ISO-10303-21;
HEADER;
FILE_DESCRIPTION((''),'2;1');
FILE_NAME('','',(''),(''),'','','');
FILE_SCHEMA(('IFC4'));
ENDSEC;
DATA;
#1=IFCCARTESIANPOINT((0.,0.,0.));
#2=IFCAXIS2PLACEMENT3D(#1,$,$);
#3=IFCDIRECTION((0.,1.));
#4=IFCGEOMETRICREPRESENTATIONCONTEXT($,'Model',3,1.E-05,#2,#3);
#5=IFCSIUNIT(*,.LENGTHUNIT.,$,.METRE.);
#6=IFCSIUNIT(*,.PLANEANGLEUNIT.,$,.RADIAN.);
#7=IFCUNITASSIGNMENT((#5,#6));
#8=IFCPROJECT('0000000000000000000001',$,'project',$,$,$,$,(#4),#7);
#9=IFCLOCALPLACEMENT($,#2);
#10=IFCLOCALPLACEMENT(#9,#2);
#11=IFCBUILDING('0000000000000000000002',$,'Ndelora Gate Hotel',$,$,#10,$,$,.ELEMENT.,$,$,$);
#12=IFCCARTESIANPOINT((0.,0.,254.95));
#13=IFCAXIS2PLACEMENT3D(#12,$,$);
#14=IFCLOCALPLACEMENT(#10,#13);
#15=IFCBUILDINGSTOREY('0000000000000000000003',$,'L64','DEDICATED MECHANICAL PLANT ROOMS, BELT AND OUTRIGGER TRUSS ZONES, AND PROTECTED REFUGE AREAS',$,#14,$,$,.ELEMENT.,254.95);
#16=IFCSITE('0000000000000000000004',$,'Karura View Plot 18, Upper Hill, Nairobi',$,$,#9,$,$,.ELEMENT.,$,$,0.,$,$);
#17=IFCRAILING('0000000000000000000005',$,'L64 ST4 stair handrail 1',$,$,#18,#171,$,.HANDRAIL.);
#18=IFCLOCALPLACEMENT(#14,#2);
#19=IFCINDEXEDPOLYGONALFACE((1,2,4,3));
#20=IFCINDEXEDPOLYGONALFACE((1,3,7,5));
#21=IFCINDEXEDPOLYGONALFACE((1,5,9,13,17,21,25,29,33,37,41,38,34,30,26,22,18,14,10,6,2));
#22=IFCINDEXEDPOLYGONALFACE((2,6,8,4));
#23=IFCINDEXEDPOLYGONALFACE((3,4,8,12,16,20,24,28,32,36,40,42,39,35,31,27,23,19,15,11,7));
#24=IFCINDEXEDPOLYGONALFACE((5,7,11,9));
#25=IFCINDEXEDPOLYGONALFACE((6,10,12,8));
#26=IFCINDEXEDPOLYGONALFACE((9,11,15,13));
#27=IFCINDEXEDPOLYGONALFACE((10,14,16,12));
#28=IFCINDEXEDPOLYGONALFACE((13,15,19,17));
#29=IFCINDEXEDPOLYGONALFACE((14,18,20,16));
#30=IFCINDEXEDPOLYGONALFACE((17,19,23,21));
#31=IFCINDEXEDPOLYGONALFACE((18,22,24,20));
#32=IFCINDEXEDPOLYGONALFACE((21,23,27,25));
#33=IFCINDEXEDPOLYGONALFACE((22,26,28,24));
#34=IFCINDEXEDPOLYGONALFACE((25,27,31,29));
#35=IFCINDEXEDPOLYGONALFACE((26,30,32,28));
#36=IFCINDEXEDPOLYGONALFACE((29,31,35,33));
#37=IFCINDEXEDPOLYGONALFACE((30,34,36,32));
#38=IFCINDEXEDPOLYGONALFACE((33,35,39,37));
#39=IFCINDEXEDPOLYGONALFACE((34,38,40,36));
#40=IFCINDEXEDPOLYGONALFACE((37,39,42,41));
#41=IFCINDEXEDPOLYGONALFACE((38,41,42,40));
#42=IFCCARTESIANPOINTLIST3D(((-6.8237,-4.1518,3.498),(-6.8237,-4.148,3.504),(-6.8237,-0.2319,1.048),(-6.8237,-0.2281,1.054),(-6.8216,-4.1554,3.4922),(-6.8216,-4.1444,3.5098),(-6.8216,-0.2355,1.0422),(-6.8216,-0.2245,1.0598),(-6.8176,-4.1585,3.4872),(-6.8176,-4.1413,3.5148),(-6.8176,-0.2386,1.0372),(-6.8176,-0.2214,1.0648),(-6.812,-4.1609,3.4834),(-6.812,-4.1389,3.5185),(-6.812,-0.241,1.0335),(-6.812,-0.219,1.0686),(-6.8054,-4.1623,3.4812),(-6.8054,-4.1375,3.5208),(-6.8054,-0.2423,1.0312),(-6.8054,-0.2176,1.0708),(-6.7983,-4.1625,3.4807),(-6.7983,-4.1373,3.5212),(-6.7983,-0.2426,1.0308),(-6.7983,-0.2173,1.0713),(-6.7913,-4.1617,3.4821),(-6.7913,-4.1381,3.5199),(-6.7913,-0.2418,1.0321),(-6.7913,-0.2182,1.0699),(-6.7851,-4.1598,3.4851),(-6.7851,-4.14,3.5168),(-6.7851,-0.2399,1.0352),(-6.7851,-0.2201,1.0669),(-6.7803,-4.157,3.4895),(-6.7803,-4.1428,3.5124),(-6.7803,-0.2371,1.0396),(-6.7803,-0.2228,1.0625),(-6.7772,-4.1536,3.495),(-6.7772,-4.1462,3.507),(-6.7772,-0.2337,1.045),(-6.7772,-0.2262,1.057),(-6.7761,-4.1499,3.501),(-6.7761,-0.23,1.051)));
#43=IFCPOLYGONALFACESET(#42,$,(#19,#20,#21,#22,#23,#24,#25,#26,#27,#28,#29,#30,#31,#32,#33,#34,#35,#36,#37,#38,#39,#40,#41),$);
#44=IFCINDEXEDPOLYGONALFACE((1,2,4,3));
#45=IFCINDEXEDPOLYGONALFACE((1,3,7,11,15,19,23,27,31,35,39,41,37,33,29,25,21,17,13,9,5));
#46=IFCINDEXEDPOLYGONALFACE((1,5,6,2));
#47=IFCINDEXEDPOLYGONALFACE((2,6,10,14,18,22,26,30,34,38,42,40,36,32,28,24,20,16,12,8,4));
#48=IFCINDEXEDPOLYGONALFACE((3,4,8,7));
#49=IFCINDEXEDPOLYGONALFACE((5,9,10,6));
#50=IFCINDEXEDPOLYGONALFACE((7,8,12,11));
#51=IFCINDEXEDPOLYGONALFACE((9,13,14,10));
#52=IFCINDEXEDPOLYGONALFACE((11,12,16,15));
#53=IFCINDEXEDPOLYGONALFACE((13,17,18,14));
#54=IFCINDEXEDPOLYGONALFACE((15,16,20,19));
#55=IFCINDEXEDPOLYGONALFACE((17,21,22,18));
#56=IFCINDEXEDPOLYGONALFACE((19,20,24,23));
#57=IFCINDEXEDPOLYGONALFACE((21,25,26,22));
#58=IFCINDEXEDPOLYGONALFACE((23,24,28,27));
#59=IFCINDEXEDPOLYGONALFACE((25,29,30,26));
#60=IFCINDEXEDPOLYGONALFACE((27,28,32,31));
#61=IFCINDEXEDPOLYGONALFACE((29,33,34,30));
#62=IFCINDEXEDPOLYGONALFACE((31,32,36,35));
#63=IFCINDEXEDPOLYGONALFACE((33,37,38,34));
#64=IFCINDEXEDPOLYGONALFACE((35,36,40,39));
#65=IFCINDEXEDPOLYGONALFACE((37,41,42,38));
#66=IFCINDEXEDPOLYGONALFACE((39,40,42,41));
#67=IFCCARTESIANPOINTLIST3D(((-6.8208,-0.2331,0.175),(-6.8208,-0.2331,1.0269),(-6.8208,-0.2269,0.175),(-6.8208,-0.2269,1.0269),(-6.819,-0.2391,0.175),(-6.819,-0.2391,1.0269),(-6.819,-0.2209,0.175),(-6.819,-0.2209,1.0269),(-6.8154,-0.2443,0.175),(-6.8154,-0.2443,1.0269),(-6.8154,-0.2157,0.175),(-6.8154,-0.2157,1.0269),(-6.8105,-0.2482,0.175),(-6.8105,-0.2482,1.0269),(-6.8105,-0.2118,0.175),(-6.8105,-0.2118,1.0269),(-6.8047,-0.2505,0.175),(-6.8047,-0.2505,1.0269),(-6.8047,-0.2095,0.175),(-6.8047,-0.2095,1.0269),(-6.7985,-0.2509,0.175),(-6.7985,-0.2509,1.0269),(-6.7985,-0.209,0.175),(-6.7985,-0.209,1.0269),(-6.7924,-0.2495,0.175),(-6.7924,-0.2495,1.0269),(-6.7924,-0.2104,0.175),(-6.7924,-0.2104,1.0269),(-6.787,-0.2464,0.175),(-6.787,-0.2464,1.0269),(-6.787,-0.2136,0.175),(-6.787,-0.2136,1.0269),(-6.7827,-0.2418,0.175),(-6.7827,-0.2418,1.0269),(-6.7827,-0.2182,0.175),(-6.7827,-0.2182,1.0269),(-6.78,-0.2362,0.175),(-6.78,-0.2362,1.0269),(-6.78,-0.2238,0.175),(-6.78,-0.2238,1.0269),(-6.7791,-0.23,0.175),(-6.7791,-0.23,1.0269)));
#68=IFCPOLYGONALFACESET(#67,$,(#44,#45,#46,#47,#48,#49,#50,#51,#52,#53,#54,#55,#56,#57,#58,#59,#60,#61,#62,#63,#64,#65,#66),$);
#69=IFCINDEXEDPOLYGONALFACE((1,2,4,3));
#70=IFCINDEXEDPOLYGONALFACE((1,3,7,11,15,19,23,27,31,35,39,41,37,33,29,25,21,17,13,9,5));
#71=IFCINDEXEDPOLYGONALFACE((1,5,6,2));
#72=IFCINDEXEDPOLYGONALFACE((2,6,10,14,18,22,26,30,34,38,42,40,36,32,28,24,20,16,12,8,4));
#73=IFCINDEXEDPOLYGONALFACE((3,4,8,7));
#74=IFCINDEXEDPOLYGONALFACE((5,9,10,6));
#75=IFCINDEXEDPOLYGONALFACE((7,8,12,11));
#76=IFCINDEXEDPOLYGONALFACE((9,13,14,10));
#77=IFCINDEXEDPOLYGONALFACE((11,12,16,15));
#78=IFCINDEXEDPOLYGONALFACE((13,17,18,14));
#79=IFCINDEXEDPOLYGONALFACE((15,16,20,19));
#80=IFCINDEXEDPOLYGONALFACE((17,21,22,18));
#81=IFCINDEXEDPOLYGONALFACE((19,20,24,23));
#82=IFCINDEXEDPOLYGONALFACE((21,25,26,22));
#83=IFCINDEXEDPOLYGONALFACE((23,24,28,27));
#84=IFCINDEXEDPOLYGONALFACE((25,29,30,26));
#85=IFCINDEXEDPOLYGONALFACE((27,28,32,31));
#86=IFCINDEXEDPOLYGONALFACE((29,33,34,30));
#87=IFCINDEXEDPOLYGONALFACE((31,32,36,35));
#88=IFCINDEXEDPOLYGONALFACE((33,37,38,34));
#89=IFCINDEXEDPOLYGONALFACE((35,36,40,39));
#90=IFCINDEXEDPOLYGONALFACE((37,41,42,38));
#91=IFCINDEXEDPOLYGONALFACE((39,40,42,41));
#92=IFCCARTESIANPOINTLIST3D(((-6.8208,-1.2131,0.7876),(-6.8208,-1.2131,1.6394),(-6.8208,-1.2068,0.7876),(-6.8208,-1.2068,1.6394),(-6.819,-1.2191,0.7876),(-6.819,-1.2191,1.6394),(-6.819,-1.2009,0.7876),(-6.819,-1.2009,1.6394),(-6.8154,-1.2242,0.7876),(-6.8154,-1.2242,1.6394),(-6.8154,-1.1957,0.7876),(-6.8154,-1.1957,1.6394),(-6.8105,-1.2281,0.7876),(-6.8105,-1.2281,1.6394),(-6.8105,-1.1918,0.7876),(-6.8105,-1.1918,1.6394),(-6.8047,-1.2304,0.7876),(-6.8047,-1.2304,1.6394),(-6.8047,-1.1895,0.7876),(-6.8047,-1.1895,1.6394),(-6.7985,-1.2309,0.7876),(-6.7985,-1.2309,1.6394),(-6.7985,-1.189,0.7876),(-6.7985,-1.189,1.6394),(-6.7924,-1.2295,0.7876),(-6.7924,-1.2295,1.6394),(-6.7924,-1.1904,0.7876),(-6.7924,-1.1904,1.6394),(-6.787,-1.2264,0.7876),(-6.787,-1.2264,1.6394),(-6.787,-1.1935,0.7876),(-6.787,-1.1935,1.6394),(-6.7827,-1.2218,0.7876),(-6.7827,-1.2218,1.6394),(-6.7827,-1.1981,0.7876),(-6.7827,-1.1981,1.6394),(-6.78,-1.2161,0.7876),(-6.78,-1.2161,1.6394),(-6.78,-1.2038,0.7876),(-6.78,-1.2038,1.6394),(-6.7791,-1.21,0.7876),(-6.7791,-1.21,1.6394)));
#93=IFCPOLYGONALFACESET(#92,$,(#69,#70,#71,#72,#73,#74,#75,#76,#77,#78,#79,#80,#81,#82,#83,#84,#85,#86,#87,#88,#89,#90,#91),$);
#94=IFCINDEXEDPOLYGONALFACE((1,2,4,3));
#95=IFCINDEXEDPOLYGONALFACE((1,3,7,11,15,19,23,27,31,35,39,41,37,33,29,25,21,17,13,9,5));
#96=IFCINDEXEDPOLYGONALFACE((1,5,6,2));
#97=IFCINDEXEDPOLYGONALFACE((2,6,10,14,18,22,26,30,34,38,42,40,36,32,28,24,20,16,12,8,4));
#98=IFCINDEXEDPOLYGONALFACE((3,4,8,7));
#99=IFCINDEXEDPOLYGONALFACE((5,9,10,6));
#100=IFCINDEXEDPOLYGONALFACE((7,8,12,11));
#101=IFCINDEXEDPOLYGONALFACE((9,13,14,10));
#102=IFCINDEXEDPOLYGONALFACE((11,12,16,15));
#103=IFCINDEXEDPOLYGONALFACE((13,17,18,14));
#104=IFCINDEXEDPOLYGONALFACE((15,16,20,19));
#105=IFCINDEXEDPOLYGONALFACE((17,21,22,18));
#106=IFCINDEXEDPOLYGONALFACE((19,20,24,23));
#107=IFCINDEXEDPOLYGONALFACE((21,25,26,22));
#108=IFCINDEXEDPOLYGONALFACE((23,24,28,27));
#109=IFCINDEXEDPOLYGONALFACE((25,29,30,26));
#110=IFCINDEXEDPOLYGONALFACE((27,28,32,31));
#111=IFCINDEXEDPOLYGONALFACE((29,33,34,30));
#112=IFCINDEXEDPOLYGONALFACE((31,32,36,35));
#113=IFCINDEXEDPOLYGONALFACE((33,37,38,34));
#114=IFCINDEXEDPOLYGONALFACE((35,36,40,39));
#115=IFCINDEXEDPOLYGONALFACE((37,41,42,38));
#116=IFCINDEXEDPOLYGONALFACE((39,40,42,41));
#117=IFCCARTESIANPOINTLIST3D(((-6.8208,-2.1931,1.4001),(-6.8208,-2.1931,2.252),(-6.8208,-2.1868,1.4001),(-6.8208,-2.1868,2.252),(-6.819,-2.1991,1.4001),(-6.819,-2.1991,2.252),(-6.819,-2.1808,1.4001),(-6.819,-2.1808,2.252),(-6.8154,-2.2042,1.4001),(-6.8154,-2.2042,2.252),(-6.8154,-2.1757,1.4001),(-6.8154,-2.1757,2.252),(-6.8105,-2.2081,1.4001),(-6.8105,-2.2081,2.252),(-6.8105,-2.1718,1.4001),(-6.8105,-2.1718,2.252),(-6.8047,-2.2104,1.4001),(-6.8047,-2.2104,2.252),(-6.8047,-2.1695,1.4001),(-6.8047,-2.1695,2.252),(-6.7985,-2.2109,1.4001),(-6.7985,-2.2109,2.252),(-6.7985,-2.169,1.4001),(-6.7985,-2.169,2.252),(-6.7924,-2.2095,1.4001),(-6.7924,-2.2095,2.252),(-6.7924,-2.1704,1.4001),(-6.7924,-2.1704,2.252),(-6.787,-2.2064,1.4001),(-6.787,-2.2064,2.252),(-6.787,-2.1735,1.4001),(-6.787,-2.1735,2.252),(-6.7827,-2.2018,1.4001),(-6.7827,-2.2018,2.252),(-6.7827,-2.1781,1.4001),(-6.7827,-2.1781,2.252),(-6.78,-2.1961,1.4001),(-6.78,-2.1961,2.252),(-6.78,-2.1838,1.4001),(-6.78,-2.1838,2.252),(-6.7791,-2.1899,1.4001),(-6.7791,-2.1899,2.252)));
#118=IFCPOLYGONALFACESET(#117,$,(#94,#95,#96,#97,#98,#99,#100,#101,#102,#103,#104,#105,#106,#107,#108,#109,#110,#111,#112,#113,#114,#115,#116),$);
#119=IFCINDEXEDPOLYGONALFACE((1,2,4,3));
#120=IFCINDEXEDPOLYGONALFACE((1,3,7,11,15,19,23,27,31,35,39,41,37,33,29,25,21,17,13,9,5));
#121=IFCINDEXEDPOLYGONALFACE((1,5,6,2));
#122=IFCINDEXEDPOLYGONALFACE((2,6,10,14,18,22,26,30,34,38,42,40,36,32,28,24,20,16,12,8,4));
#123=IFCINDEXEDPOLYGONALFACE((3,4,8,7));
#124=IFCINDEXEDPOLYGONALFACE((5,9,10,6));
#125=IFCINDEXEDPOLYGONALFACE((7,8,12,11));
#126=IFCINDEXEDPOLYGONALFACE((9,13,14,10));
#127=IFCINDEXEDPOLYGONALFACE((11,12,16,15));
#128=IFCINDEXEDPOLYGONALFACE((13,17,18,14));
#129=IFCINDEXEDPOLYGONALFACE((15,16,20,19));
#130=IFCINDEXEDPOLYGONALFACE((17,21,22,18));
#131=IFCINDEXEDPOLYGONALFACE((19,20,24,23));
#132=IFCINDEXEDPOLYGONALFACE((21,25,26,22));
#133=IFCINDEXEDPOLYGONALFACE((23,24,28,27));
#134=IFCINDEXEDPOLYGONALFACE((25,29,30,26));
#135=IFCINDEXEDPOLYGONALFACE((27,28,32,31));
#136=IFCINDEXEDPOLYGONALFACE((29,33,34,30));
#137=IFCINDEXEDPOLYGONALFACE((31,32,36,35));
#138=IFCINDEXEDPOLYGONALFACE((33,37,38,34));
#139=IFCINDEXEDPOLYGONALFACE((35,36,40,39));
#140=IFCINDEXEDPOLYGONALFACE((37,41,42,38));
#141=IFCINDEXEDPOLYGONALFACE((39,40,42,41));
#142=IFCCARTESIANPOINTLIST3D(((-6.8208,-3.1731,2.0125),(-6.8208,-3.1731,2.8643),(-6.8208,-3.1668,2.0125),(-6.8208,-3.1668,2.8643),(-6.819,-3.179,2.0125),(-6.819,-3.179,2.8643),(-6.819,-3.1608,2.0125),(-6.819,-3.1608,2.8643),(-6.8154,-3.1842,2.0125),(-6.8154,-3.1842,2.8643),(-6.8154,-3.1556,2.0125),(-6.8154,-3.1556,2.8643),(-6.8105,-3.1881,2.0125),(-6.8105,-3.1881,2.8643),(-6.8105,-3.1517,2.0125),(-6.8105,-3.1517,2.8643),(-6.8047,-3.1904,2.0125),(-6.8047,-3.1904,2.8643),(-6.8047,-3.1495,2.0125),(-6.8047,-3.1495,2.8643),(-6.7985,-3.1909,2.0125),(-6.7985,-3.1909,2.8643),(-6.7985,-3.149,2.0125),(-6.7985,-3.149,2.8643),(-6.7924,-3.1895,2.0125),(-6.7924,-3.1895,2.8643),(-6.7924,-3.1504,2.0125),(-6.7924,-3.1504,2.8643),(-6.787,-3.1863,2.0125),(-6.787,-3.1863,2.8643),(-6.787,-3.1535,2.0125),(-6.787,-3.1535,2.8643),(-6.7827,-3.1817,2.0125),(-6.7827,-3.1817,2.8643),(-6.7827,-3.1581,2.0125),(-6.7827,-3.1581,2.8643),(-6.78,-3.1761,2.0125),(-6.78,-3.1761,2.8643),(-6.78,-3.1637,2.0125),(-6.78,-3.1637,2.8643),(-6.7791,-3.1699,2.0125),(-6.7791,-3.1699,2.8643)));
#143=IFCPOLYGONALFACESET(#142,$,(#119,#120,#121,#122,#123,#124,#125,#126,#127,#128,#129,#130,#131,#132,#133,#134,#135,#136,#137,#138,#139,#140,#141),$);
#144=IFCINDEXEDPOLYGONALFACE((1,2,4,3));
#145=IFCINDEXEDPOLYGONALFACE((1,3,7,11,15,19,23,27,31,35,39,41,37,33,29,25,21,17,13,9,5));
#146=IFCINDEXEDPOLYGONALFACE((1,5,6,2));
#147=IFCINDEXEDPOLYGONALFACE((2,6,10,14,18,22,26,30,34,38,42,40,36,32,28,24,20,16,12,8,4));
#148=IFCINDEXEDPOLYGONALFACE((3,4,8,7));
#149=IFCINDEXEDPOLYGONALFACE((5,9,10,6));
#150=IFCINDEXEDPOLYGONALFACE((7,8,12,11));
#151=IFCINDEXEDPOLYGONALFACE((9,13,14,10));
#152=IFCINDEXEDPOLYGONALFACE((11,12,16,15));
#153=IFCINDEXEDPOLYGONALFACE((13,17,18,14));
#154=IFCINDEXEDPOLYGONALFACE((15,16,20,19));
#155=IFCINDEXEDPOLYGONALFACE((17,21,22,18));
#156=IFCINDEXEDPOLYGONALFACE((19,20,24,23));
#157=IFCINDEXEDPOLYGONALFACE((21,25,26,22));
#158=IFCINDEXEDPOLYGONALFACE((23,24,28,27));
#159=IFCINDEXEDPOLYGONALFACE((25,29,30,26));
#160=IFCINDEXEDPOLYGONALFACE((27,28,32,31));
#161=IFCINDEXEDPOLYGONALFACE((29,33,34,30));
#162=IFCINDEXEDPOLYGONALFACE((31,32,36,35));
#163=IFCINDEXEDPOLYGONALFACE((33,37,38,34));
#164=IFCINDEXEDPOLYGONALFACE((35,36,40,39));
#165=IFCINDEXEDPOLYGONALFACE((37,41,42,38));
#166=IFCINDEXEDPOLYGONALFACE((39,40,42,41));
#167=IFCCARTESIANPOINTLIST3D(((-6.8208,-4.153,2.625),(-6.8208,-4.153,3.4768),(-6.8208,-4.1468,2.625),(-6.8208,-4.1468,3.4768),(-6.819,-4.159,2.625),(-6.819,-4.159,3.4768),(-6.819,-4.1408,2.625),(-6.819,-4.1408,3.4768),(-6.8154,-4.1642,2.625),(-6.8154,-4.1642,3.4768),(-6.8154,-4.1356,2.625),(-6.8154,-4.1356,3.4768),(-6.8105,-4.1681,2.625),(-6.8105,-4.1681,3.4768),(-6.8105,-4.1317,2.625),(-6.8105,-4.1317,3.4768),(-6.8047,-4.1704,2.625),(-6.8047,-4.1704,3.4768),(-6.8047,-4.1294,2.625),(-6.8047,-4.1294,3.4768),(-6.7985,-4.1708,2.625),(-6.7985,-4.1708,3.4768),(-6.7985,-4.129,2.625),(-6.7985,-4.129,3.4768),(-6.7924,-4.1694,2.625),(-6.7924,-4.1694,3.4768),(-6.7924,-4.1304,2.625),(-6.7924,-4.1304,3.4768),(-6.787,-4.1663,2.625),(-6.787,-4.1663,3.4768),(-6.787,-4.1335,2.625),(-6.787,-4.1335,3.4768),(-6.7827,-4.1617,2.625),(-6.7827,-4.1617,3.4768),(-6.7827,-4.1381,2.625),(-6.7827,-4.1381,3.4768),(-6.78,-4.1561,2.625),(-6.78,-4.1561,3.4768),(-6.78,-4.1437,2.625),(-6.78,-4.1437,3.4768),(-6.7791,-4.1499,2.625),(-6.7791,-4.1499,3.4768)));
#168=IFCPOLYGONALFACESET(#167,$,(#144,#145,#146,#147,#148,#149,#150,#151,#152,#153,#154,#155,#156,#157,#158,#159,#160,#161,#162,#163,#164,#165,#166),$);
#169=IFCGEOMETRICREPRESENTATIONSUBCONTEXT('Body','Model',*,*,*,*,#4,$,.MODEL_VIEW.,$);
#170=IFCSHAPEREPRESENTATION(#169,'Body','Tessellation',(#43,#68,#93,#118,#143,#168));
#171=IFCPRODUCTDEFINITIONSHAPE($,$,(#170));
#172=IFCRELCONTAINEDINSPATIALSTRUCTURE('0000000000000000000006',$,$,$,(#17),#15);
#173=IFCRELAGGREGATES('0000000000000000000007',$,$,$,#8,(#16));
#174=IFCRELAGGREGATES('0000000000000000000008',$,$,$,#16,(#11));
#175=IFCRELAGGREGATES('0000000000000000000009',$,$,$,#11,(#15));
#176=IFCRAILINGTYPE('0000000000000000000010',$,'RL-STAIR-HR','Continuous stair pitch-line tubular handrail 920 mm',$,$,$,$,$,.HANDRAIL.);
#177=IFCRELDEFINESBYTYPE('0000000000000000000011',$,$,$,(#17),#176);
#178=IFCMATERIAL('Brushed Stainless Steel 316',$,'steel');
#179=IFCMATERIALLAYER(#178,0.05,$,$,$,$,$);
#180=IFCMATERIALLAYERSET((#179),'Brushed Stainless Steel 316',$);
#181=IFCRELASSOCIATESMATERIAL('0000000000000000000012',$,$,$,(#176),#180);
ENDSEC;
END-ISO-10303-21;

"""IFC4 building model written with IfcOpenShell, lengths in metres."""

from ifc_helpers import new_model, si_unit, direction, frame, origin, origin_2d, place, context, subcontext, project, spatial, circle, extrude, material, layer, layer_set, type_object, element, save


model = new_model("IFC4")

# Units and contexts
model_context = context("Model", 3, precision=1e-05, world=origin(), true_north=direction((0.0, 1.0)))
body_context = subcontext(model_context, "Body", "Model", "MODEL_VIEW")
ifc_project = project(units=[si_unit("LENGTHUNIT", "METRE"), si_unit("PLANEANGLEUNIT", "RADIAN")], contexts=[model_context])

# Site, building, storey
site_placement = place(None, origin())
site = spatial("IfcSite", under=ifc_project, at=site_placement, Name="Karura View Plot 18, Upper Hill, Nairobi", CompositionType="ELEMENT", RefElevation=0.0)
building_placement = place(site_placement, origin())
building = spatial("IfcBuilding", under=site, at=building_placement, Name="Ndelora Gate Hotel", CompositionType="ELEMENT")
storey_placement = place(building_placement, frame((0.0, 0.0, 254.95)))
storey = spatial("IfcBuildingStorey", under=building, at=storey_placement, Name="L64", Description="DEDICATED MECHANICAL PLANT ROOMS, BELT AND OUTRIGGER TRUSS ZONES, AND PROTECTED REFUGE AREAS", CompositionType="ELEMENT", Elevation=254.95)

# Railing
ifc_material_1 = material(Name="Brushed Stainless Steel 316", Category="steel")
ifc_layer_1 = layer(ifc_material_1, 0.05)
ifc_layer_set_1 = layer_set([ifc_layer_1], Name="Brushed Stainless Steel 316")
railing_type_1 = type_object("IfcRailingType", Name="RL-STAIR-HR", Description="Continuous stair pitch-line tubular handrail 920 mm", PredefinedType="HANDRAIL", material=ifc_layer_set_1)
railing_1_placement = place(storey_placement, frame((-6.8, -0.23, 0.175)))
element("IfcRailing", 1, at=railing_1_placement, inside=storey, type_object=railing_type_1, Name="L64 ST4 stair handrail 1", PredefinedType="HANDRAIL", context=body_context, shape_type="SweptSolid", body=[
    extrude(circle(Radius=0.0239, at=origin_2d()), frame((0.0, 0.0, 0.876), z_axis=(0.0, -0.847998, 0.529999), x_axis=(1.0, 0.0, 0.0)), (0.0, 0.0, 1.0), 4.6226),
    extrude(circle(Radius=0.021, at=origin_2d()), origin(), (0.0, 0.0, 1.0), 0.8518),
    extrude(circle(Radius=0.021, at=origin_2d()), frame((0.0, -0.98, 0.6125)), (0.0, 0.0, 1.0), 0.8518),
    extrude(circle(Radius=0.021, at=origin_2d()), frame((0.0, -1.96, 1.2251)), (0.0, 0.0, 1.0), 0.8518),
    extrude(circle(Radius=0.021, at=origin_2d()), frame((0.0, -2.9399, 1.8374)), (0.0, 0.0, 1.0), 0.8518),
    extrude(circle(Radius=0.021, at=origin_2d()), frame((0.0, -3.9199, 2.45)), (0.0, 0.0, 1.0), 0.8518),
])

save(model, "model.ifc")
